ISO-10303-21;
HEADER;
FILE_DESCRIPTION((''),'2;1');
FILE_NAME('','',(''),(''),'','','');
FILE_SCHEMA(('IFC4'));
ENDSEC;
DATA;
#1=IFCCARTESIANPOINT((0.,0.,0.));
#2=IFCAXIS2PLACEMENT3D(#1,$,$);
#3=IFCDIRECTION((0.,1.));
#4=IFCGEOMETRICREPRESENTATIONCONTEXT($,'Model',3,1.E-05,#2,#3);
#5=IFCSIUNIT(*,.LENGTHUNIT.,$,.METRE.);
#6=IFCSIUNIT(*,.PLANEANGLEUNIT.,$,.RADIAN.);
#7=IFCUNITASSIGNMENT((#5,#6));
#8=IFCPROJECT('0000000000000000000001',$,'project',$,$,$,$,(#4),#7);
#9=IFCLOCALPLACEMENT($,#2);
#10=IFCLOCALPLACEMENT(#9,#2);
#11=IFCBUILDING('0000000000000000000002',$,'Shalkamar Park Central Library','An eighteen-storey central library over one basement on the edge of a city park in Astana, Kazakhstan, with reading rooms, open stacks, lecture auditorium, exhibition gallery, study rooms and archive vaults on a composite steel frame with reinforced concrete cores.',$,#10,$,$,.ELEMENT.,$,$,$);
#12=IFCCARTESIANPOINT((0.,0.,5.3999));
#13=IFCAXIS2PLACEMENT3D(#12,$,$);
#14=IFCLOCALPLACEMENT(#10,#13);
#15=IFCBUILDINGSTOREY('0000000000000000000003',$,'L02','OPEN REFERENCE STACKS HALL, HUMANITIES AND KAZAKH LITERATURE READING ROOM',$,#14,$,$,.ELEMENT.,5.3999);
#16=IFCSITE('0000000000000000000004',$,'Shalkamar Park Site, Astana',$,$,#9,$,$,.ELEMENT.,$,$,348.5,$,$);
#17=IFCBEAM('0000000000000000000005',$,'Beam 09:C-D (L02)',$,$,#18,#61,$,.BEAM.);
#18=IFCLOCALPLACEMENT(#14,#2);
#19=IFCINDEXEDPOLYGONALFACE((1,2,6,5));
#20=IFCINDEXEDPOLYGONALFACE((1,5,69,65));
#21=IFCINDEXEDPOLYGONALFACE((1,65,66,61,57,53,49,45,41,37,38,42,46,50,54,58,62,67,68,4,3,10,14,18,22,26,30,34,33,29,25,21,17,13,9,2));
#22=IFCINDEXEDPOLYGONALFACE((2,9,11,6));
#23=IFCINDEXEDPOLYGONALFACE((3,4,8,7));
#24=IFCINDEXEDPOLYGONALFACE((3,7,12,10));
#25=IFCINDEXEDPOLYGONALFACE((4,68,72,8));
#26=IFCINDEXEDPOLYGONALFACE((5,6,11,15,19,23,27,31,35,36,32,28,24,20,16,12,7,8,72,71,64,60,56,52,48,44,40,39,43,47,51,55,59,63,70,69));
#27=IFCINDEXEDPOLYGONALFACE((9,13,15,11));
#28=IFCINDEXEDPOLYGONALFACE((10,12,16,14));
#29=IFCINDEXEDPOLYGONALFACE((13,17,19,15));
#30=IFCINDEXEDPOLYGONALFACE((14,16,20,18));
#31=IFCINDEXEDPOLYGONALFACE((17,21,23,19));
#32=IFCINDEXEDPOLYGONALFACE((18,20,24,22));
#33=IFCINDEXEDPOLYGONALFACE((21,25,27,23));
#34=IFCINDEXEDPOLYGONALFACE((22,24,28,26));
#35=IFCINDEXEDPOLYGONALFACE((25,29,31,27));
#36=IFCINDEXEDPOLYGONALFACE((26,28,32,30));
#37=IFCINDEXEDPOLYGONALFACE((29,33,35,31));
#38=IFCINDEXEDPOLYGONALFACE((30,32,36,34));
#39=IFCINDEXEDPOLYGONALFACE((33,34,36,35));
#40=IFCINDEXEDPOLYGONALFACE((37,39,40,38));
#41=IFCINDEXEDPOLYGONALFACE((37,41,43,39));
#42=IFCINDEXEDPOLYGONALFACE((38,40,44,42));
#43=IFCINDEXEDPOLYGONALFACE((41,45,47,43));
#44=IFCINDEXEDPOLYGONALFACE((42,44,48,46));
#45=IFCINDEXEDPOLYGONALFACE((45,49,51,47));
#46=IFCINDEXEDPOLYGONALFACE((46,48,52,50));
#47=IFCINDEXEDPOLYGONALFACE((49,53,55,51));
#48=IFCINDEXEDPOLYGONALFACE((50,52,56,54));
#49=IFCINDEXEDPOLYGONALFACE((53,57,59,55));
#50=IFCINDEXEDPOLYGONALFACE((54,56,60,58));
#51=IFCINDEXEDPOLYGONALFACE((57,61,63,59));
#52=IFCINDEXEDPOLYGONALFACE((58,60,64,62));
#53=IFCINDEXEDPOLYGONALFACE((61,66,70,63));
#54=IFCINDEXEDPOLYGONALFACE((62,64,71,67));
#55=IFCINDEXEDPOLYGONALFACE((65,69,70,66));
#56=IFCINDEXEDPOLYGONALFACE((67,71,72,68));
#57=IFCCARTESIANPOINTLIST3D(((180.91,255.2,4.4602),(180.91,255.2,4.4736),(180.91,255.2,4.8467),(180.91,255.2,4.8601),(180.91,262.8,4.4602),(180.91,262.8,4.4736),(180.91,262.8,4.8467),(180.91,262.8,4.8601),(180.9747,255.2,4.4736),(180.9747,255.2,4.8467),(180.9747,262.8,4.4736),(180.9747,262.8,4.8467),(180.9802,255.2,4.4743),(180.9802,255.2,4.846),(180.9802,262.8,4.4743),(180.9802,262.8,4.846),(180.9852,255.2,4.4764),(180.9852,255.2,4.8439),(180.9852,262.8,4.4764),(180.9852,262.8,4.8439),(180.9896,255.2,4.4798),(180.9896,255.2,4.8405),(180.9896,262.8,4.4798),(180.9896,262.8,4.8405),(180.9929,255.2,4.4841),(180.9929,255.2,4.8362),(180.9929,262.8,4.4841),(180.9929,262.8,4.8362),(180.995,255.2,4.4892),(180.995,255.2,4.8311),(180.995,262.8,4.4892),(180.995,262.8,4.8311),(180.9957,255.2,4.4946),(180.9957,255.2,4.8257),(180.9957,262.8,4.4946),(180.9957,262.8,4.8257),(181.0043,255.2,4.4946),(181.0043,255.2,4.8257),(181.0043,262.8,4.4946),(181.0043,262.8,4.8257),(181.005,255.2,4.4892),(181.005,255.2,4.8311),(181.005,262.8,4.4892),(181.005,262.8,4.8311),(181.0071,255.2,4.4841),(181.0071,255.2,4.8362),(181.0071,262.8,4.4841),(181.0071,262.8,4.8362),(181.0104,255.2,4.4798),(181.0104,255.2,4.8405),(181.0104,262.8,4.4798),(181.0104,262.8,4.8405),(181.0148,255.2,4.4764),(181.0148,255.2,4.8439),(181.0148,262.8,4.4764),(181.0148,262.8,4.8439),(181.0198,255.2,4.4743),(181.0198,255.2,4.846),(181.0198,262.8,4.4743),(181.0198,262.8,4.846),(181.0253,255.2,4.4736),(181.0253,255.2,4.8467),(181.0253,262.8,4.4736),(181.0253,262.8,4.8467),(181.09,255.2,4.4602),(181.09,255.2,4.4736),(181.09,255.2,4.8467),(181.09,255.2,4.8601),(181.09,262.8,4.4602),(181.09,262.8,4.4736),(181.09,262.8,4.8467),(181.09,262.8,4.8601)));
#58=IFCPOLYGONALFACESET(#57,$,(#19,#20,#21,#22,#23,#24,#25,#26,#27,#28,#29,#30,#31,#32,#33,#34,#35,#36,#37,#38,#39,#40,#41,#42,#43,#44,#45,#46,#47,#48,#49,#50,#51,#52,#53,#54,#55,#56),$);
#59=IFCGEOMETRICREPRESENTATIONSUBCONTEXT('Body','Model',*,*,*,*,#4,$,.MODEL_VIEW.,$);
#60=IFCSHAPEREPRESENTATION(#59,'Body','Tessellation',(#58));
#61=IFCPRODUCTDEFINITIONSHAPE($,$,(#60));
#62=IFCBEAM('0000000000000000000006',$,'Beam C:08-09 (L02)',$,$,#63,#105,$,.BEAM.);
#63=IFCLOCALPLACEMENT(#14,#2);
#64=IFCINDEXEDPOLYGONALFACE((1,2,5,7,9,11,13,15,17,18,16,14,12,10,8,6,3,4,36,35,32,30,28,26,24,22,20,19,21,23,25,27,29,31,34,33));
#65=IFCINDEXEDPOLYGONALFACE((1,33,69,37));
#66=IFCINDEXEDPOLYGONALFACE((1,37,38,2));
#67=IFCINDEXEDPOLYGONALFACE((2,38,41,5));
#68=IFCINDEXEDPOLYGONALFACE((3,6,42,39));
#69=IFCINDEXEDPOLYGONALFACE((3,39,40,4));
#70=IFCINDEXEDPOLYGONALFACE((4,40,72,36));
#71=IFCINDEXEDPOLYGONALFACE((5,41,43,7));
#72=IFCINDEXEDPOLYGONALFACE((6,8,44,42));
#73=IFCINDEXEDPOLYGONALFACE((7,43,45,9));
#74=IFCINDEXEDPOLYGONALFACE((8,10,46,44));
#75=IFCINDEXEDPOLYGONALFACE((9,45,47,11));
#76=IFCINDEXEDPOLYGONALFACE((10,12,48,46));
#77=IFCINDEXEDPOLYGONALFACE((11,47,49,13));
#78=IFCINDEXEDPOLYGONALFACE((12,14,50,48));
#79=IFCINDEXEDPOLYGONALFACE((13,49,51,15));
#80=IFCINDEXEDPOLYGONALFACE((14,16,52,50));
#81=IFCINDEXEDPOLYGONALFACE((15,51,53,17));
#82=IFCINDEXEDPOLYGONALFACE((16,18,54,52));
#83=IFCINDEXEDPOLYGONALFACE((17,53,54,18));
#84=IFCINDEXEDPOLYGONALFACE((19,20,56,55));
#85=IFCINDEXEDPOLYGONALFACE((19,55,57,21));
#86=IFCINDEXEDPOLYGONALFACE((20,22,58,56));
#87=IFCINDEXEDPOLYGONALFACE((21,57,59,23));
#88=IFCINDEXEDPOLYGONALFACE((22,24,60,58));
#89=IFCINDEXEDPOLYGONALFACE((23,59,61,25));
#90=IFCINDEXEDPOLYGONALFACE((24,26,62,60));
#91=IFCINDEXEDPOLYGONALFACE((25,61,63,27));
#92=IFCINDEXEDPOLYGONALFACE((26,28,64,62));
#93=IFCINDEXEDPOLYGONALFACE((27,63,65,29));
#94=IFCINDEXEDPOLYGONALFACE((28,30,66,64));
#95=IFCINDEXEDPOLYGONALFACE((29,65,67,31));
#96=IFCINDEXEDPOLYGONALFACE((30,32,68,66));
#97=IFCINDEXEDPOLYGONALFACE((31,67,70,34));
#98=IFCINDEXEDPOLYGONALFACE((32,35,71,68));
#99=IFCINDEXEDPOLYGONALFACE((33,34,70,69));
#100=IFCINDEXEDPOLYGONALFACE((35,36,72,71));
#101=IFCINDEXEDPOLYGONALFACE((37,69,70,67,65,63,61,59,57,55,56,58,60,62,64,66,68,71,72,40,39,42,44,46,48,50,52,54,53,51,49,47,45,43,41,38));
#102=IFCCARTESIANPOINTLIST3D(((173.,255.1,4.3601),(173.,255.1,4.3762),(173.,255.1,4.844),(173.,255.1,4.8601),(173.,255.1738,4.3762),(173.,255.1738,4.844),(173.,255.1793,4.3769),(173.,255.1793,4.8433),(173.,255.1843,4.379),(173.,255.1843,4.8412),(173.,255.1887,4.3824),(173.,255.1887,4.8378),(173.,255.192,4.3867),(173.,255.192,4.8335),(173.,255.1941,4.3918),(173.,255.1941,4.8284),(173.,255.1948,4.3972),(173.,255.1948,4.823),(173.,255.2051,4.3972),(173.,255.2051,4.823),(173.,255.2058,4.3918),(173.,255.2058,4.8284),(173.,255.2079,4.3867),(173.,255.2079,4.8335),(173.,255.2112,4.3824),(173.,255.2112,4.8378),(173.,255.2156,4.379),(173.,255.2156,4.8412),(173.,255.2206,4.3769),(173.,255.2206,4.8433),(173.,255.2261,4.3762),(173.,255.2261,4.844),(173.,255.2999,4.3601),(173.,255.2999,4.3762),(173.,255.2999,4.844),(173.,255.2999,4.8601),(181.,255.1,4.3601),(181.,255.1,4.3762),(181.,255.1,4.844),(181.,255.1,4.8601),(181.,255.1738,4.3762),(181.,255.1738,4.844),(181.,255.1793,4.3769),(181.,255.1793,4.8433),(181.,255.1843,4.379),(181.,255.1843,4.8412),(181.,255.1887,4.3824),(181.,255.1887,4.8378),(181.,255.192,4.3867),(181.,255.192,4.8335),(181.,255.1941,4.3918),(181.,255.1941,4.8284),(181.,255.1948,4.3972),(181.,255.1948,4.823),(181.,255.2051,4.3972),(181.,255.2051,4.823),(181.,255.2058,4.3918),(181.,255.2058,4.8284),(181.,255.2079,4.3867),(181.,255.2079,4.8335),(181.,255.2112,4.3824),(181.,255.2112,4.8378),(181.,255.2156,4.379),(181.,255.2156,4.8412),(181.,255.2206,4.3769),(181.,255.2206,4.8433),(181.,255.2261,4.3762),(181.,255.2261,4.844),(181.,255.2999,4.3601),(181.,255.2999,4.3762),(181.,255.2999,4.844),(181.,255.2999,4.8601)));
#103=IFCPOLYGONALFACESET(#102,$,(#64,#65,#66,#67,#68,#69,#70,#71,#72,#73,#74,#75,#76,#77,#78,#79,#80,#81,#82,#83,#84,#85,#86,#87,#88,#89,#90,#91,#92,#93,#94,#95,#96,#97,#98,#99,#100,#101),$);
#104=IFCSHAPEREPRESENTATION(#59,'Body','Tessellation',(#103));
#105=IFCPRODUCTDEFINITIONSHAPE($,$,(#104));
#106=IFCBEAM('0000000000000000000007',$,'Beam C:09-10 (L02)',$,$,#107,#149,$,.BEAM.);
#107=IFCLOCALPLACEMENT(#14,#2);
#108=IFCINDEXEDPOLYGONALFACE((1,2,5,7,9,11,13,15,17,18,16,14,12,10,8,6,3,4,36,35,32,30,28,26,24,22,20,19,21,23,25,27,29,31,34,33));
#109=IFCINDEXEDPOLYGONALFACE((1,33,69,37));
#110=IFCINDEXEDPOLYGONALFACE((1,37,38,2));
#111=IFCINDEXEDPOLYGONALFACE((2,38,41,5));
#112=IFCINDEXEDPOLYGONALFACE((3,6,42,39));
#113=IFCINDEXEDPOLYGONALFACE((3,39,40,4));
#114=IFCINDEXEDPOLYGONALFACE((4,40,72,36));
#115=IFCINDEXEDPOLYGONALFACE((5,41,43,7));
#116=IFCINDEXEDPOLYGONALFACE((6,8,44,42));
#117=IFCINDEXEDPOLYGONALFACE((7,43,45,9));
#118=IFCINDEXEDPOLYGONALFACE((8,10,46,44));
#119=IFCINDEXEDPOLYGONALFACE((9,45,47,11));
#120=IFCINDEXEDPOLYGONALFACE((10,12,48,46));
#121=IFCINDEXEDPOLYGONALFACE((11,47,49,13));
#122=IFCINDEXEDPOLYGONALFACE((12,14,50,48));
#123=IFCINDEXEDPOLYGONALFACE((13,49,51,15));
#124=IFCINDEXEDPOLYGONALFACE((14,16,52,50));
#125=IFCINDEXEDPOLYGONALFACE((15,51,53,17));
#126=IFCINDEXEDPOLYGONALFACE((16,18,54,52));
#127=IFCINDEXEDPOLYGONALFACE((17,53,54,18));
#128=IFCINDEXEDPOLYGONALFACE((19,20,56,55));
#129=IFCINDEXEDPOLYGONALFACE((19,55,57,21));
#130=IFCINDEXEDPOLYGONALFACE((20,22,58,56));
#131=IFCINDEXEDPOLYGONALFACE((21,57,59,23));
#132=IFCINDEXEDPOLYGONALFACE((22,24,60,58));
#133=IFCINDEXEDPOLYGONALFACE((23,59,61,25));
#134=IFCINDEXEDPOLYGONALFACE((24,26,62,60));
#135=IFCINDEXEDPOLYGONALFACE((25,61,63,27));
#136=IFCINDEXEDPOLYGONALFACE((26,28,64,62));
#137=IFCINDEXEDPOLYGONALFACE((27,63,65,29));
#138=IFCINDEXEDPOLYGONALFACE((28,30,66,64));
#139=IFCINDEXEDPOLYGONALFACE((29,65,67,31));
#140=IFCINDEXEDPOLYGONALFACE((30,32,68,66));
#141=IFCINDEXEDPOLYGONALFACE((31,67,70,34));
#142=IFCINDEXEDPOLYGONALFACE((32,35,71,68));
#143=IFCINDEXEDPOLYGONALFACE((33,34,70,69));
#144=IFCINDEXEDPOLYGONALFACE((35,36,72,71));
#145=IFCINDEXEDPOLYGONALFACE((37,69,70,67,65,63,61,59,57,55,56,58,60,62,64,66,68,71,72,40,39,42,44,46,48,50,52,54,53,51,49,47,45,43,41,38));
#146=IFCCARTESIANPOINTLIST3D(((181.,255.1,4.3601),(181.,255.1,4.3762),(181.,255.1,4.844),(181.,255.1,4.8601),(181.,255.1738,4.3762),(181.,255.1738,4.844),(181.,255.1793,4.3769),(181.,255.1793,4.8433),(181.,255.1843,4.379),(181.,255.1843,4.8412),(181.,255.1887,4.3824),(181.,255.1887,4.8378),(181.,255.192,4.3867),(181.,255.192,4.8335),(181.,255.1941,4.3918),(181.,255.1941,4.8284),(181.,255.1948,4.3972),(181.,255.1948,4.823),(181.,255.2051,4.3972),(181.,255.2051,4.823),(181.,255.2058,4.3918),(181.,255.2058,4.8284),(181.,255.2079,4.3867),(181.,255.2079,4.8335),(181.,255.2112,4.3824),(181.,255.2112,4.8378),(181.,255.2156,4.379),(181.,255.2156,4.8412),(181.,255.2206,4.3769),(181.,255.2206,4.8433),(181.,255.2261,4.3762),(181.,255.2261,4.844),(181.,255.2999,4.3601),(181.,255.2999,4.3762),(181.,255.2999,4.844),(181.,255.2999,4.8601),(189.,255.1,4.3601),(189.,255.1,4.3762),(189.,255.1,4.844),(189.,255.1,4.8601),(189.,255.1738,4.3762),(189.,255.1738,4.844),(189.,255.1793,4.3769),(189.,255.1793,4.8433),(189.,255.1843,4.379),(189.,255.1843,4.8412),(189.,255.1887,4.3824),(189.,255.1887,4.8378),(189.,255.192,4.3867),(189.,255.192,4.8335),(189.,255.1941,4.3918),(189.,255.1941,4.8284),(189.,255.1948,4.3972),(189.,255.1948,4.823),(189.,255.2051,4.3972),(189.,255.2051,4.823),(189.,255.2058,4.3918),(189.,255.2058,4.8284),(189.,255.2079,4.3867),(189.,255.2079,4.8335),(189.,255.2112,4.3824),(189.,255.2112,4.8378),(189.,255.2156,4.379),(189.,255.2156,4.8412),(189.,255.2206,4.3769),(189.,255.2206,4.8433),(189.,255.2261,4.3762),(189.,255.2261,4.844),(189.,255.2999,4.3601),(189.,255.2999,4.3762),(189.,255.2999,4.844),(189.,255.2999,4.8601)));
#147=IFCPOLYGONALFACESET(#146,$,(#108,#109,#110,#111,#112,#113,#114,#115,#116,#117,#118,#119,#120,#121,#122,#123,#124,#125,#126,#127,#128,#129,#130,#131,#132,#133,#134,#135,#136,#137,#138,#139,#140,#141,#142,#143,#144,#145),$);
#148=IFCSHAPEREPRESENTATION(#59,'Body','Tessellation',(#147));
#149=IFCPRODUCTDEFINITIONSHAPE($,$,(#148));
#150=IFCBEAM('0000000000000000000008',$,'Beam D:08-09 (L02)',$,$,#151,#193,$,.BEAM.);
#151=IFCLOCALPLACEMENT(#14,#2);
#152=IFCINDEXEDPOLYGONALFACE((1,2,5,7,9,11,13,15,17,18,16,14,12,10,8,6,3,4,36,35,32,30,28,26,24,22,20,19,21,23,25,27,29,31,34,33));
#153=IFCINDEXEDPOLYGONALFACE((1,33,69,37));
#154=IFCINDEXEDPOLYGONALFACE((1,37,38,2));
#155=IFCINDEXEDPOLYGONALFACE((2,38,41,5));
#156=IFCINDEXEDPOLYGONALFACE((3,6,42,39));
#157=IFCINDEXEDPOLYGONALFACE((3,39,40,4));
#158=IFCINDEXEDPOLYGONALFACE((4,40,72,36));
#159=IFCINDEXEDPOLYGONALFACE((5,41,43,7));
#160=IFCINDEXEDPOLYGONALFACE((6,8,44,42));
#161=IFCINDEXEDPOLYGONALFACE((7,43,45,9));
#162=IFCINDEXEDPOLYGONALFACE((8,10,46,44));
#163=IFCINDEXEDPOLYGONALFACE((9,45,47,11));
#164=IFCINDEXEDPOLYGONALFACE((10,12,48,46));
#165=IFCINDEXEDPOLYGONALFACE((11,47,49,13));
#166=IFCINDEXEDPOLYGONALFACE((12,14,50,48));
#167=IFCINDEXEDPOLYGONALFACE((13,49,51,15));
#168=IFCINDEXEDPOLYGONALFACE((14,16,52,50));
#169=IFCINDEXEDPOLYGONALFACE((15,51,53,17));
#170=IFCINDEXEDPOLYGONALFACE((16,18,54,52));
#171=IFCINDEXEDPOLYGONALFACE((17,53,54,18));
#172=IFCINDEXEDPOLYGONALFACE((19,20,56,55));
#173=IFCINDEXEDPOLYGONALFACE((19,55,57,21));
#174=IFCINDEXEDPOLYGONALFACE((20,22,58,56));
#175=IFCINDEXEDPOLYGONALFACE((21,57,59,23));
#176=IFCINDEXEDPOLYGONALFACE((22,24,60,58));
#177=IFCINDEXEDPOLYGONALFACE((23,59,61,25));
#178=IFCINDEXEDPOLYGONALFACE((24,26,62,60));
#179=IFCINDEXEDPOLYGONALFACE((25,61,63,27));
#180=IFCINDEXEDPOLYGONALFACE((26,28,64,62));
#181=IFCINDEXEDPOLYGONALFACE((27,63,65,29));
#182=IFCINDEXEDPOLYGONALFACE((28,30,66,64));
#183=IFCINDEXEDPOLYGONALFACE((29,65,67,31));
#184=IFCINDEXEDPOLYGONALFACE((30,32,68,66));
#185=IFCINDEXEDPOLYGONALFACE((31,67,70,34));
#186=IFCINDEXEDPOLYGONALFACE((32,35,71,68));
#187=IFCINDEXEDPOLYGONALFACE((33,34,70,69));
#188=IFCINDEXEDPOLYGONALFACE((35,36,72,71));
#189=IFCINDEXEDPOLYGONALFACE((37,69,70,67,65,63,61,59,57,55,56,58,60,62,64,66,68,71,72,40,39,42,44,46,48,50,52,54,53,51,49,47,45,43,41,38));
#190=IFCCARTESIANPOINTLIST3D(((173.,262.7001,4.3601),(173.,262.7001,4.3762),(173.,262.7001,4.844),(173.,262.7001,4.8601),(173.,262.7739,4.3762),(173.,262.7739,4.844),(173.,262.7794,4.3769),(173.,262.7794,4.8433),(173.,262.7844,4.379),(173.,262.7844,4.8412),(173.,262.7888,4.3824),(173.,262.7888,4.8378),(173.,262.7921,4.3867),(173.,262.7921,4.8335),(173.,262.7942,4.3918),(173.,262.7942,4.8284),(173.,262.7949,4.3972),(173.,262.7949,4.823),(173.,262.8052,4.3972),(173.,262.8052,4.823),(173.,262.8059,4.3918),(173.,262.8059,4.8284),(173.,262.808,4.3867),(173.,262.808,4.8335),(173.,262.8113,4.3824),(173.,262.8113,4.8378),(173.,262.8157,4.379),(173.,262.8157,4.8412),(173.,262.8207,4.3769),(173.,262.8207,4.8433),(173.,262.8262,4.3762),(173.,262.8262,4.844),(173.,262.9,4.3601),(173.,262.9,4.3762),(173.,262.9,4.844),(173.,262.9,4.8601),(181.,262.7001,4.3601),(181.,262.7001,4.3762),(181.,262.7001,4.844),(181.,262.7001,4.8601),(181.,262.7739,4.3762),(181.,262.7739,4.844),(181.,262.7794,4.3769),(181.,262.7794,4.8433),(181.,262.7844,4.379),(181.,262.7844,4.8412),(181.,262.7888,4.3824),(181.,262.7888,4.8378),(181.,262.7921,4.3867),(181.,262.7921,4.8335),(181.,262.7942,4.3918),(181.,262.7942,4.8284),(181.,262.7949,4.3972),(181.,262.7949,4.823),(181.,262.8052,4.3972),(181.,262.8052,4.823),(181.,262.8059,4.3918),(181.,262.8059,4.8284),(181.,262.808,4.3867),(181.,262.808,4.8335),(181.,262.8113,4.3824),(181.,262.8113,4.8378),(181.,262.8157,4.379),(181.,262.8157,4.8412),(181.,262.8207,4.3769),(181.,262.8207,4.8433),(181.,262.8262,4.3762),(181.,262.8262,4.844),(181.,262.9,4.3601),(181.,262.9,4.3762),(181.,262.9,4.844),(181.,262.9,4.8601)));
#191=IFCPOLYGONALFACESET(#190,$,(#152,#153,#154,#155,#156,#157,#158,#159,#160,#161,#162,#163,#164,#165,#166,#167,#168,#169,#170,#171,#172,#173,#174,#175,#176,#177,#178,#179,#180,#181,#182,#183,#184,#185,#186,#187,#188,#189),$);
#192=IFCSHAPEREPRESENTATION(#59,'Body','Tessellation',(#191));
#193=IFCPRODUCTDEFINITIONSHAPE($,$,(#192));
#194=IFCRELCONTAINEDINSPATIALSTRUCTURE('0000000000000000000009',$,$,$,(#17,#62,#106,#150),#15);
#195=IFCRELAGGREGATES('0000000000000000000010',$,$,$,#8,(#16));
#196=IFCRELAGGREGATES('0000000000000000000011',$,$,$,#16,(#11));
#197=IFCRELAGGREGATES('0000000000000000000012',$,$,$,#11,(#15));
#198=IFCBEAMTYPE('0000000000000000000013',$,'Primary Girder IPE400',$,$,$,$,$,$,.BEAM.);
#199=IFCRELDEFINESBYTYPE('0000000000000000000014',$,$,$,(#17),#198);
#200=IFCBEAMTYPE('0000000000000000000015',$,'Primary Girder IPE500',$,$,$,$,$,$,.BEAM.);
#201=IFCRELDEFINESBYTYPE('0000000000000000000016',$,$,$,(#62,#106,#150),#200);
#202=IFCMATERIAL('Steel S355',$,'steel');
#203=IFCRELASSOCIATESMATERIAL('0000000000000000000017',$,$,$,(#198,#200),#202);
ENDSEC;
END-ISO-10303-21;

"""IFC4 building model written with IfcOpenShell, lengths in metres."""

from ifc_helpers import new_model, si_unit, direction, frame, origin, origin_2d, place, context, subcontext, project, spatial, i_section, extrude, material, material_profile, profile_set, type_object, element, save


model = new_model("IFC4")

# Units and contexts
model_context = context("Model", 3, precision=1e-05, world=origin(), true_north=direction((0.0, 1.0)))
body_context = subcontext(model_context, "Body", "Model", "MODEL_VIEW")
ifc_project = project(units=[si_unit("LENGTHUNIT", "METRE"), si_unit("PLANEANGLEUNIT", "RADIAN")], contexts=[model_context])

# Site, building, storey
site_placement = place(None, origin())
site = spatial("IfcSite", under=ifc_project, at=site_placement, Name="Shalkamar Park Site, Astana", CompositionType="ELEMENT", RefElevation=348.5)
building_placement = place(site_placement, origin())
building = spatial("IfcBuilding", under=site, at=building_placement, Name="Shalkamar Park Central Library", Description="An eighteen-storey central library over one basement on the edge of a city park in Astana, Kazakhstan, with reading rooms, open stacks, lecture auditorium, exhibition gallery, study rooms and archive vaults on a composite steel frame with reinforced concrete cores.", CompositionType="ELEMENT")
storey_placement = place(building_placement, frame((0.0, 0.0, 5.3999)))
storey = spatial("IfcBuildingStorey", under=building, at=storey_placement, Name="L02", Description="OPEN REFERENCE STACKS HALL, HUMANITIES AND KAZAKH LITERATURE READING ROOM", CompositionType="ELEMENT", Elevation=5.3999)

# Shared definitions
ifc_material_1 = material(Name="Steel S355", Category="steel")

# Beams
ifc_material_profile_1 = material_profile(ifc_material_1, i_section(OverallWidth=0.1799, OverallDepth=0.3999, WebThickness=0.0085, FlangeThickness=0.0134, FilletRadius=0.021, at=origin_2d()), Name="IPE 400")
ifc_profile_set_1 = profile_set([ifc_material_profile_1], Name="Steel S355")
beam_type_1 = type_object("IfcBeamType", Name="Primary Girder IPE400", PredefinedType="BEAM", material=ifc_profile_set_1)
beam_1_placement = place(storey_placement, frame((181.0, 255.2, 4.6602), z_axis=(0.0, 1.0, 0.0), x_axis=(-1.0, 0.0, 0.0)))
element("IfcBeam", 1, at=beam_1_placement, inside=storey, type_object=beam_type_1, Name="Beam 09:C-D (L02)", PredefinedType="BEAM", context=body_context, shape_type="SweptSolid", body=[
    extrude(i_section(OverallWidth=0.1799, OverallDepth=0.3999, WebThickness=0.0085, FlangeThickness=0.0134, FilletRadius=0.021, at=origin_2d()), origin(), (0.0, 0.0, 1.0), 7.6001),
])
ifc_material_profile_2 = material_profile(ifc_material_1, i_section(OverallWidth=0.2, OverallDepth=0.5, WebThickness=0.0103, FlangeThickness=0.0161, FilletRadius=0.021, at=origin_2d()), Name="IPE 500")
ifc_profile_set_2 = profile_set([ifc_material_profile_2], Name="Steel S355")
beam_type_2 = type_object("IfcBeamType", Name="Primary Girder IPE500", PredefinedType="BEAM", material=ifc_profile_set_2)
for number, where, z_axis, x_axis, name in (
    (2, (173.0, 255.2, 4.6101), (1.0, 0.0, 0.0), (0.0, 1.0, 0.0), "Beam C:08-09 (L02)"),
    (3, (181.0, 255.2, 4.6101), (1.0, 0.0, 0.0), (0.0, 1.0, 0.0), "Beam C:09-10 (L02)"),
    (4, (173.0, 262.8, 4.6101), (1.0, 0.0, 0.0), (0.0, 1.0, 0.0), "Beam D:08-09 (L02)"),
):
    element("IfcBeam", number, at=place(storey_placement, frame(where, z_axis=z_axis, x_axis=x_axis)), inside=storey, type_object=beam_type_2, Name=name, PredefinedType="BEAM", context=body_context, shape_type="SweptSolid", body=[
        extrude(i_section(OverallWidth=0.2, OverallDepth=0.5, WebThickness=0.0103, FlangeThickness=0.0161, FilletRadius=0.021, at=origin_2d()), origin(), (0.0, 0.0, 1.0), 8.0),
    ])

save(model, "model.ifc")
